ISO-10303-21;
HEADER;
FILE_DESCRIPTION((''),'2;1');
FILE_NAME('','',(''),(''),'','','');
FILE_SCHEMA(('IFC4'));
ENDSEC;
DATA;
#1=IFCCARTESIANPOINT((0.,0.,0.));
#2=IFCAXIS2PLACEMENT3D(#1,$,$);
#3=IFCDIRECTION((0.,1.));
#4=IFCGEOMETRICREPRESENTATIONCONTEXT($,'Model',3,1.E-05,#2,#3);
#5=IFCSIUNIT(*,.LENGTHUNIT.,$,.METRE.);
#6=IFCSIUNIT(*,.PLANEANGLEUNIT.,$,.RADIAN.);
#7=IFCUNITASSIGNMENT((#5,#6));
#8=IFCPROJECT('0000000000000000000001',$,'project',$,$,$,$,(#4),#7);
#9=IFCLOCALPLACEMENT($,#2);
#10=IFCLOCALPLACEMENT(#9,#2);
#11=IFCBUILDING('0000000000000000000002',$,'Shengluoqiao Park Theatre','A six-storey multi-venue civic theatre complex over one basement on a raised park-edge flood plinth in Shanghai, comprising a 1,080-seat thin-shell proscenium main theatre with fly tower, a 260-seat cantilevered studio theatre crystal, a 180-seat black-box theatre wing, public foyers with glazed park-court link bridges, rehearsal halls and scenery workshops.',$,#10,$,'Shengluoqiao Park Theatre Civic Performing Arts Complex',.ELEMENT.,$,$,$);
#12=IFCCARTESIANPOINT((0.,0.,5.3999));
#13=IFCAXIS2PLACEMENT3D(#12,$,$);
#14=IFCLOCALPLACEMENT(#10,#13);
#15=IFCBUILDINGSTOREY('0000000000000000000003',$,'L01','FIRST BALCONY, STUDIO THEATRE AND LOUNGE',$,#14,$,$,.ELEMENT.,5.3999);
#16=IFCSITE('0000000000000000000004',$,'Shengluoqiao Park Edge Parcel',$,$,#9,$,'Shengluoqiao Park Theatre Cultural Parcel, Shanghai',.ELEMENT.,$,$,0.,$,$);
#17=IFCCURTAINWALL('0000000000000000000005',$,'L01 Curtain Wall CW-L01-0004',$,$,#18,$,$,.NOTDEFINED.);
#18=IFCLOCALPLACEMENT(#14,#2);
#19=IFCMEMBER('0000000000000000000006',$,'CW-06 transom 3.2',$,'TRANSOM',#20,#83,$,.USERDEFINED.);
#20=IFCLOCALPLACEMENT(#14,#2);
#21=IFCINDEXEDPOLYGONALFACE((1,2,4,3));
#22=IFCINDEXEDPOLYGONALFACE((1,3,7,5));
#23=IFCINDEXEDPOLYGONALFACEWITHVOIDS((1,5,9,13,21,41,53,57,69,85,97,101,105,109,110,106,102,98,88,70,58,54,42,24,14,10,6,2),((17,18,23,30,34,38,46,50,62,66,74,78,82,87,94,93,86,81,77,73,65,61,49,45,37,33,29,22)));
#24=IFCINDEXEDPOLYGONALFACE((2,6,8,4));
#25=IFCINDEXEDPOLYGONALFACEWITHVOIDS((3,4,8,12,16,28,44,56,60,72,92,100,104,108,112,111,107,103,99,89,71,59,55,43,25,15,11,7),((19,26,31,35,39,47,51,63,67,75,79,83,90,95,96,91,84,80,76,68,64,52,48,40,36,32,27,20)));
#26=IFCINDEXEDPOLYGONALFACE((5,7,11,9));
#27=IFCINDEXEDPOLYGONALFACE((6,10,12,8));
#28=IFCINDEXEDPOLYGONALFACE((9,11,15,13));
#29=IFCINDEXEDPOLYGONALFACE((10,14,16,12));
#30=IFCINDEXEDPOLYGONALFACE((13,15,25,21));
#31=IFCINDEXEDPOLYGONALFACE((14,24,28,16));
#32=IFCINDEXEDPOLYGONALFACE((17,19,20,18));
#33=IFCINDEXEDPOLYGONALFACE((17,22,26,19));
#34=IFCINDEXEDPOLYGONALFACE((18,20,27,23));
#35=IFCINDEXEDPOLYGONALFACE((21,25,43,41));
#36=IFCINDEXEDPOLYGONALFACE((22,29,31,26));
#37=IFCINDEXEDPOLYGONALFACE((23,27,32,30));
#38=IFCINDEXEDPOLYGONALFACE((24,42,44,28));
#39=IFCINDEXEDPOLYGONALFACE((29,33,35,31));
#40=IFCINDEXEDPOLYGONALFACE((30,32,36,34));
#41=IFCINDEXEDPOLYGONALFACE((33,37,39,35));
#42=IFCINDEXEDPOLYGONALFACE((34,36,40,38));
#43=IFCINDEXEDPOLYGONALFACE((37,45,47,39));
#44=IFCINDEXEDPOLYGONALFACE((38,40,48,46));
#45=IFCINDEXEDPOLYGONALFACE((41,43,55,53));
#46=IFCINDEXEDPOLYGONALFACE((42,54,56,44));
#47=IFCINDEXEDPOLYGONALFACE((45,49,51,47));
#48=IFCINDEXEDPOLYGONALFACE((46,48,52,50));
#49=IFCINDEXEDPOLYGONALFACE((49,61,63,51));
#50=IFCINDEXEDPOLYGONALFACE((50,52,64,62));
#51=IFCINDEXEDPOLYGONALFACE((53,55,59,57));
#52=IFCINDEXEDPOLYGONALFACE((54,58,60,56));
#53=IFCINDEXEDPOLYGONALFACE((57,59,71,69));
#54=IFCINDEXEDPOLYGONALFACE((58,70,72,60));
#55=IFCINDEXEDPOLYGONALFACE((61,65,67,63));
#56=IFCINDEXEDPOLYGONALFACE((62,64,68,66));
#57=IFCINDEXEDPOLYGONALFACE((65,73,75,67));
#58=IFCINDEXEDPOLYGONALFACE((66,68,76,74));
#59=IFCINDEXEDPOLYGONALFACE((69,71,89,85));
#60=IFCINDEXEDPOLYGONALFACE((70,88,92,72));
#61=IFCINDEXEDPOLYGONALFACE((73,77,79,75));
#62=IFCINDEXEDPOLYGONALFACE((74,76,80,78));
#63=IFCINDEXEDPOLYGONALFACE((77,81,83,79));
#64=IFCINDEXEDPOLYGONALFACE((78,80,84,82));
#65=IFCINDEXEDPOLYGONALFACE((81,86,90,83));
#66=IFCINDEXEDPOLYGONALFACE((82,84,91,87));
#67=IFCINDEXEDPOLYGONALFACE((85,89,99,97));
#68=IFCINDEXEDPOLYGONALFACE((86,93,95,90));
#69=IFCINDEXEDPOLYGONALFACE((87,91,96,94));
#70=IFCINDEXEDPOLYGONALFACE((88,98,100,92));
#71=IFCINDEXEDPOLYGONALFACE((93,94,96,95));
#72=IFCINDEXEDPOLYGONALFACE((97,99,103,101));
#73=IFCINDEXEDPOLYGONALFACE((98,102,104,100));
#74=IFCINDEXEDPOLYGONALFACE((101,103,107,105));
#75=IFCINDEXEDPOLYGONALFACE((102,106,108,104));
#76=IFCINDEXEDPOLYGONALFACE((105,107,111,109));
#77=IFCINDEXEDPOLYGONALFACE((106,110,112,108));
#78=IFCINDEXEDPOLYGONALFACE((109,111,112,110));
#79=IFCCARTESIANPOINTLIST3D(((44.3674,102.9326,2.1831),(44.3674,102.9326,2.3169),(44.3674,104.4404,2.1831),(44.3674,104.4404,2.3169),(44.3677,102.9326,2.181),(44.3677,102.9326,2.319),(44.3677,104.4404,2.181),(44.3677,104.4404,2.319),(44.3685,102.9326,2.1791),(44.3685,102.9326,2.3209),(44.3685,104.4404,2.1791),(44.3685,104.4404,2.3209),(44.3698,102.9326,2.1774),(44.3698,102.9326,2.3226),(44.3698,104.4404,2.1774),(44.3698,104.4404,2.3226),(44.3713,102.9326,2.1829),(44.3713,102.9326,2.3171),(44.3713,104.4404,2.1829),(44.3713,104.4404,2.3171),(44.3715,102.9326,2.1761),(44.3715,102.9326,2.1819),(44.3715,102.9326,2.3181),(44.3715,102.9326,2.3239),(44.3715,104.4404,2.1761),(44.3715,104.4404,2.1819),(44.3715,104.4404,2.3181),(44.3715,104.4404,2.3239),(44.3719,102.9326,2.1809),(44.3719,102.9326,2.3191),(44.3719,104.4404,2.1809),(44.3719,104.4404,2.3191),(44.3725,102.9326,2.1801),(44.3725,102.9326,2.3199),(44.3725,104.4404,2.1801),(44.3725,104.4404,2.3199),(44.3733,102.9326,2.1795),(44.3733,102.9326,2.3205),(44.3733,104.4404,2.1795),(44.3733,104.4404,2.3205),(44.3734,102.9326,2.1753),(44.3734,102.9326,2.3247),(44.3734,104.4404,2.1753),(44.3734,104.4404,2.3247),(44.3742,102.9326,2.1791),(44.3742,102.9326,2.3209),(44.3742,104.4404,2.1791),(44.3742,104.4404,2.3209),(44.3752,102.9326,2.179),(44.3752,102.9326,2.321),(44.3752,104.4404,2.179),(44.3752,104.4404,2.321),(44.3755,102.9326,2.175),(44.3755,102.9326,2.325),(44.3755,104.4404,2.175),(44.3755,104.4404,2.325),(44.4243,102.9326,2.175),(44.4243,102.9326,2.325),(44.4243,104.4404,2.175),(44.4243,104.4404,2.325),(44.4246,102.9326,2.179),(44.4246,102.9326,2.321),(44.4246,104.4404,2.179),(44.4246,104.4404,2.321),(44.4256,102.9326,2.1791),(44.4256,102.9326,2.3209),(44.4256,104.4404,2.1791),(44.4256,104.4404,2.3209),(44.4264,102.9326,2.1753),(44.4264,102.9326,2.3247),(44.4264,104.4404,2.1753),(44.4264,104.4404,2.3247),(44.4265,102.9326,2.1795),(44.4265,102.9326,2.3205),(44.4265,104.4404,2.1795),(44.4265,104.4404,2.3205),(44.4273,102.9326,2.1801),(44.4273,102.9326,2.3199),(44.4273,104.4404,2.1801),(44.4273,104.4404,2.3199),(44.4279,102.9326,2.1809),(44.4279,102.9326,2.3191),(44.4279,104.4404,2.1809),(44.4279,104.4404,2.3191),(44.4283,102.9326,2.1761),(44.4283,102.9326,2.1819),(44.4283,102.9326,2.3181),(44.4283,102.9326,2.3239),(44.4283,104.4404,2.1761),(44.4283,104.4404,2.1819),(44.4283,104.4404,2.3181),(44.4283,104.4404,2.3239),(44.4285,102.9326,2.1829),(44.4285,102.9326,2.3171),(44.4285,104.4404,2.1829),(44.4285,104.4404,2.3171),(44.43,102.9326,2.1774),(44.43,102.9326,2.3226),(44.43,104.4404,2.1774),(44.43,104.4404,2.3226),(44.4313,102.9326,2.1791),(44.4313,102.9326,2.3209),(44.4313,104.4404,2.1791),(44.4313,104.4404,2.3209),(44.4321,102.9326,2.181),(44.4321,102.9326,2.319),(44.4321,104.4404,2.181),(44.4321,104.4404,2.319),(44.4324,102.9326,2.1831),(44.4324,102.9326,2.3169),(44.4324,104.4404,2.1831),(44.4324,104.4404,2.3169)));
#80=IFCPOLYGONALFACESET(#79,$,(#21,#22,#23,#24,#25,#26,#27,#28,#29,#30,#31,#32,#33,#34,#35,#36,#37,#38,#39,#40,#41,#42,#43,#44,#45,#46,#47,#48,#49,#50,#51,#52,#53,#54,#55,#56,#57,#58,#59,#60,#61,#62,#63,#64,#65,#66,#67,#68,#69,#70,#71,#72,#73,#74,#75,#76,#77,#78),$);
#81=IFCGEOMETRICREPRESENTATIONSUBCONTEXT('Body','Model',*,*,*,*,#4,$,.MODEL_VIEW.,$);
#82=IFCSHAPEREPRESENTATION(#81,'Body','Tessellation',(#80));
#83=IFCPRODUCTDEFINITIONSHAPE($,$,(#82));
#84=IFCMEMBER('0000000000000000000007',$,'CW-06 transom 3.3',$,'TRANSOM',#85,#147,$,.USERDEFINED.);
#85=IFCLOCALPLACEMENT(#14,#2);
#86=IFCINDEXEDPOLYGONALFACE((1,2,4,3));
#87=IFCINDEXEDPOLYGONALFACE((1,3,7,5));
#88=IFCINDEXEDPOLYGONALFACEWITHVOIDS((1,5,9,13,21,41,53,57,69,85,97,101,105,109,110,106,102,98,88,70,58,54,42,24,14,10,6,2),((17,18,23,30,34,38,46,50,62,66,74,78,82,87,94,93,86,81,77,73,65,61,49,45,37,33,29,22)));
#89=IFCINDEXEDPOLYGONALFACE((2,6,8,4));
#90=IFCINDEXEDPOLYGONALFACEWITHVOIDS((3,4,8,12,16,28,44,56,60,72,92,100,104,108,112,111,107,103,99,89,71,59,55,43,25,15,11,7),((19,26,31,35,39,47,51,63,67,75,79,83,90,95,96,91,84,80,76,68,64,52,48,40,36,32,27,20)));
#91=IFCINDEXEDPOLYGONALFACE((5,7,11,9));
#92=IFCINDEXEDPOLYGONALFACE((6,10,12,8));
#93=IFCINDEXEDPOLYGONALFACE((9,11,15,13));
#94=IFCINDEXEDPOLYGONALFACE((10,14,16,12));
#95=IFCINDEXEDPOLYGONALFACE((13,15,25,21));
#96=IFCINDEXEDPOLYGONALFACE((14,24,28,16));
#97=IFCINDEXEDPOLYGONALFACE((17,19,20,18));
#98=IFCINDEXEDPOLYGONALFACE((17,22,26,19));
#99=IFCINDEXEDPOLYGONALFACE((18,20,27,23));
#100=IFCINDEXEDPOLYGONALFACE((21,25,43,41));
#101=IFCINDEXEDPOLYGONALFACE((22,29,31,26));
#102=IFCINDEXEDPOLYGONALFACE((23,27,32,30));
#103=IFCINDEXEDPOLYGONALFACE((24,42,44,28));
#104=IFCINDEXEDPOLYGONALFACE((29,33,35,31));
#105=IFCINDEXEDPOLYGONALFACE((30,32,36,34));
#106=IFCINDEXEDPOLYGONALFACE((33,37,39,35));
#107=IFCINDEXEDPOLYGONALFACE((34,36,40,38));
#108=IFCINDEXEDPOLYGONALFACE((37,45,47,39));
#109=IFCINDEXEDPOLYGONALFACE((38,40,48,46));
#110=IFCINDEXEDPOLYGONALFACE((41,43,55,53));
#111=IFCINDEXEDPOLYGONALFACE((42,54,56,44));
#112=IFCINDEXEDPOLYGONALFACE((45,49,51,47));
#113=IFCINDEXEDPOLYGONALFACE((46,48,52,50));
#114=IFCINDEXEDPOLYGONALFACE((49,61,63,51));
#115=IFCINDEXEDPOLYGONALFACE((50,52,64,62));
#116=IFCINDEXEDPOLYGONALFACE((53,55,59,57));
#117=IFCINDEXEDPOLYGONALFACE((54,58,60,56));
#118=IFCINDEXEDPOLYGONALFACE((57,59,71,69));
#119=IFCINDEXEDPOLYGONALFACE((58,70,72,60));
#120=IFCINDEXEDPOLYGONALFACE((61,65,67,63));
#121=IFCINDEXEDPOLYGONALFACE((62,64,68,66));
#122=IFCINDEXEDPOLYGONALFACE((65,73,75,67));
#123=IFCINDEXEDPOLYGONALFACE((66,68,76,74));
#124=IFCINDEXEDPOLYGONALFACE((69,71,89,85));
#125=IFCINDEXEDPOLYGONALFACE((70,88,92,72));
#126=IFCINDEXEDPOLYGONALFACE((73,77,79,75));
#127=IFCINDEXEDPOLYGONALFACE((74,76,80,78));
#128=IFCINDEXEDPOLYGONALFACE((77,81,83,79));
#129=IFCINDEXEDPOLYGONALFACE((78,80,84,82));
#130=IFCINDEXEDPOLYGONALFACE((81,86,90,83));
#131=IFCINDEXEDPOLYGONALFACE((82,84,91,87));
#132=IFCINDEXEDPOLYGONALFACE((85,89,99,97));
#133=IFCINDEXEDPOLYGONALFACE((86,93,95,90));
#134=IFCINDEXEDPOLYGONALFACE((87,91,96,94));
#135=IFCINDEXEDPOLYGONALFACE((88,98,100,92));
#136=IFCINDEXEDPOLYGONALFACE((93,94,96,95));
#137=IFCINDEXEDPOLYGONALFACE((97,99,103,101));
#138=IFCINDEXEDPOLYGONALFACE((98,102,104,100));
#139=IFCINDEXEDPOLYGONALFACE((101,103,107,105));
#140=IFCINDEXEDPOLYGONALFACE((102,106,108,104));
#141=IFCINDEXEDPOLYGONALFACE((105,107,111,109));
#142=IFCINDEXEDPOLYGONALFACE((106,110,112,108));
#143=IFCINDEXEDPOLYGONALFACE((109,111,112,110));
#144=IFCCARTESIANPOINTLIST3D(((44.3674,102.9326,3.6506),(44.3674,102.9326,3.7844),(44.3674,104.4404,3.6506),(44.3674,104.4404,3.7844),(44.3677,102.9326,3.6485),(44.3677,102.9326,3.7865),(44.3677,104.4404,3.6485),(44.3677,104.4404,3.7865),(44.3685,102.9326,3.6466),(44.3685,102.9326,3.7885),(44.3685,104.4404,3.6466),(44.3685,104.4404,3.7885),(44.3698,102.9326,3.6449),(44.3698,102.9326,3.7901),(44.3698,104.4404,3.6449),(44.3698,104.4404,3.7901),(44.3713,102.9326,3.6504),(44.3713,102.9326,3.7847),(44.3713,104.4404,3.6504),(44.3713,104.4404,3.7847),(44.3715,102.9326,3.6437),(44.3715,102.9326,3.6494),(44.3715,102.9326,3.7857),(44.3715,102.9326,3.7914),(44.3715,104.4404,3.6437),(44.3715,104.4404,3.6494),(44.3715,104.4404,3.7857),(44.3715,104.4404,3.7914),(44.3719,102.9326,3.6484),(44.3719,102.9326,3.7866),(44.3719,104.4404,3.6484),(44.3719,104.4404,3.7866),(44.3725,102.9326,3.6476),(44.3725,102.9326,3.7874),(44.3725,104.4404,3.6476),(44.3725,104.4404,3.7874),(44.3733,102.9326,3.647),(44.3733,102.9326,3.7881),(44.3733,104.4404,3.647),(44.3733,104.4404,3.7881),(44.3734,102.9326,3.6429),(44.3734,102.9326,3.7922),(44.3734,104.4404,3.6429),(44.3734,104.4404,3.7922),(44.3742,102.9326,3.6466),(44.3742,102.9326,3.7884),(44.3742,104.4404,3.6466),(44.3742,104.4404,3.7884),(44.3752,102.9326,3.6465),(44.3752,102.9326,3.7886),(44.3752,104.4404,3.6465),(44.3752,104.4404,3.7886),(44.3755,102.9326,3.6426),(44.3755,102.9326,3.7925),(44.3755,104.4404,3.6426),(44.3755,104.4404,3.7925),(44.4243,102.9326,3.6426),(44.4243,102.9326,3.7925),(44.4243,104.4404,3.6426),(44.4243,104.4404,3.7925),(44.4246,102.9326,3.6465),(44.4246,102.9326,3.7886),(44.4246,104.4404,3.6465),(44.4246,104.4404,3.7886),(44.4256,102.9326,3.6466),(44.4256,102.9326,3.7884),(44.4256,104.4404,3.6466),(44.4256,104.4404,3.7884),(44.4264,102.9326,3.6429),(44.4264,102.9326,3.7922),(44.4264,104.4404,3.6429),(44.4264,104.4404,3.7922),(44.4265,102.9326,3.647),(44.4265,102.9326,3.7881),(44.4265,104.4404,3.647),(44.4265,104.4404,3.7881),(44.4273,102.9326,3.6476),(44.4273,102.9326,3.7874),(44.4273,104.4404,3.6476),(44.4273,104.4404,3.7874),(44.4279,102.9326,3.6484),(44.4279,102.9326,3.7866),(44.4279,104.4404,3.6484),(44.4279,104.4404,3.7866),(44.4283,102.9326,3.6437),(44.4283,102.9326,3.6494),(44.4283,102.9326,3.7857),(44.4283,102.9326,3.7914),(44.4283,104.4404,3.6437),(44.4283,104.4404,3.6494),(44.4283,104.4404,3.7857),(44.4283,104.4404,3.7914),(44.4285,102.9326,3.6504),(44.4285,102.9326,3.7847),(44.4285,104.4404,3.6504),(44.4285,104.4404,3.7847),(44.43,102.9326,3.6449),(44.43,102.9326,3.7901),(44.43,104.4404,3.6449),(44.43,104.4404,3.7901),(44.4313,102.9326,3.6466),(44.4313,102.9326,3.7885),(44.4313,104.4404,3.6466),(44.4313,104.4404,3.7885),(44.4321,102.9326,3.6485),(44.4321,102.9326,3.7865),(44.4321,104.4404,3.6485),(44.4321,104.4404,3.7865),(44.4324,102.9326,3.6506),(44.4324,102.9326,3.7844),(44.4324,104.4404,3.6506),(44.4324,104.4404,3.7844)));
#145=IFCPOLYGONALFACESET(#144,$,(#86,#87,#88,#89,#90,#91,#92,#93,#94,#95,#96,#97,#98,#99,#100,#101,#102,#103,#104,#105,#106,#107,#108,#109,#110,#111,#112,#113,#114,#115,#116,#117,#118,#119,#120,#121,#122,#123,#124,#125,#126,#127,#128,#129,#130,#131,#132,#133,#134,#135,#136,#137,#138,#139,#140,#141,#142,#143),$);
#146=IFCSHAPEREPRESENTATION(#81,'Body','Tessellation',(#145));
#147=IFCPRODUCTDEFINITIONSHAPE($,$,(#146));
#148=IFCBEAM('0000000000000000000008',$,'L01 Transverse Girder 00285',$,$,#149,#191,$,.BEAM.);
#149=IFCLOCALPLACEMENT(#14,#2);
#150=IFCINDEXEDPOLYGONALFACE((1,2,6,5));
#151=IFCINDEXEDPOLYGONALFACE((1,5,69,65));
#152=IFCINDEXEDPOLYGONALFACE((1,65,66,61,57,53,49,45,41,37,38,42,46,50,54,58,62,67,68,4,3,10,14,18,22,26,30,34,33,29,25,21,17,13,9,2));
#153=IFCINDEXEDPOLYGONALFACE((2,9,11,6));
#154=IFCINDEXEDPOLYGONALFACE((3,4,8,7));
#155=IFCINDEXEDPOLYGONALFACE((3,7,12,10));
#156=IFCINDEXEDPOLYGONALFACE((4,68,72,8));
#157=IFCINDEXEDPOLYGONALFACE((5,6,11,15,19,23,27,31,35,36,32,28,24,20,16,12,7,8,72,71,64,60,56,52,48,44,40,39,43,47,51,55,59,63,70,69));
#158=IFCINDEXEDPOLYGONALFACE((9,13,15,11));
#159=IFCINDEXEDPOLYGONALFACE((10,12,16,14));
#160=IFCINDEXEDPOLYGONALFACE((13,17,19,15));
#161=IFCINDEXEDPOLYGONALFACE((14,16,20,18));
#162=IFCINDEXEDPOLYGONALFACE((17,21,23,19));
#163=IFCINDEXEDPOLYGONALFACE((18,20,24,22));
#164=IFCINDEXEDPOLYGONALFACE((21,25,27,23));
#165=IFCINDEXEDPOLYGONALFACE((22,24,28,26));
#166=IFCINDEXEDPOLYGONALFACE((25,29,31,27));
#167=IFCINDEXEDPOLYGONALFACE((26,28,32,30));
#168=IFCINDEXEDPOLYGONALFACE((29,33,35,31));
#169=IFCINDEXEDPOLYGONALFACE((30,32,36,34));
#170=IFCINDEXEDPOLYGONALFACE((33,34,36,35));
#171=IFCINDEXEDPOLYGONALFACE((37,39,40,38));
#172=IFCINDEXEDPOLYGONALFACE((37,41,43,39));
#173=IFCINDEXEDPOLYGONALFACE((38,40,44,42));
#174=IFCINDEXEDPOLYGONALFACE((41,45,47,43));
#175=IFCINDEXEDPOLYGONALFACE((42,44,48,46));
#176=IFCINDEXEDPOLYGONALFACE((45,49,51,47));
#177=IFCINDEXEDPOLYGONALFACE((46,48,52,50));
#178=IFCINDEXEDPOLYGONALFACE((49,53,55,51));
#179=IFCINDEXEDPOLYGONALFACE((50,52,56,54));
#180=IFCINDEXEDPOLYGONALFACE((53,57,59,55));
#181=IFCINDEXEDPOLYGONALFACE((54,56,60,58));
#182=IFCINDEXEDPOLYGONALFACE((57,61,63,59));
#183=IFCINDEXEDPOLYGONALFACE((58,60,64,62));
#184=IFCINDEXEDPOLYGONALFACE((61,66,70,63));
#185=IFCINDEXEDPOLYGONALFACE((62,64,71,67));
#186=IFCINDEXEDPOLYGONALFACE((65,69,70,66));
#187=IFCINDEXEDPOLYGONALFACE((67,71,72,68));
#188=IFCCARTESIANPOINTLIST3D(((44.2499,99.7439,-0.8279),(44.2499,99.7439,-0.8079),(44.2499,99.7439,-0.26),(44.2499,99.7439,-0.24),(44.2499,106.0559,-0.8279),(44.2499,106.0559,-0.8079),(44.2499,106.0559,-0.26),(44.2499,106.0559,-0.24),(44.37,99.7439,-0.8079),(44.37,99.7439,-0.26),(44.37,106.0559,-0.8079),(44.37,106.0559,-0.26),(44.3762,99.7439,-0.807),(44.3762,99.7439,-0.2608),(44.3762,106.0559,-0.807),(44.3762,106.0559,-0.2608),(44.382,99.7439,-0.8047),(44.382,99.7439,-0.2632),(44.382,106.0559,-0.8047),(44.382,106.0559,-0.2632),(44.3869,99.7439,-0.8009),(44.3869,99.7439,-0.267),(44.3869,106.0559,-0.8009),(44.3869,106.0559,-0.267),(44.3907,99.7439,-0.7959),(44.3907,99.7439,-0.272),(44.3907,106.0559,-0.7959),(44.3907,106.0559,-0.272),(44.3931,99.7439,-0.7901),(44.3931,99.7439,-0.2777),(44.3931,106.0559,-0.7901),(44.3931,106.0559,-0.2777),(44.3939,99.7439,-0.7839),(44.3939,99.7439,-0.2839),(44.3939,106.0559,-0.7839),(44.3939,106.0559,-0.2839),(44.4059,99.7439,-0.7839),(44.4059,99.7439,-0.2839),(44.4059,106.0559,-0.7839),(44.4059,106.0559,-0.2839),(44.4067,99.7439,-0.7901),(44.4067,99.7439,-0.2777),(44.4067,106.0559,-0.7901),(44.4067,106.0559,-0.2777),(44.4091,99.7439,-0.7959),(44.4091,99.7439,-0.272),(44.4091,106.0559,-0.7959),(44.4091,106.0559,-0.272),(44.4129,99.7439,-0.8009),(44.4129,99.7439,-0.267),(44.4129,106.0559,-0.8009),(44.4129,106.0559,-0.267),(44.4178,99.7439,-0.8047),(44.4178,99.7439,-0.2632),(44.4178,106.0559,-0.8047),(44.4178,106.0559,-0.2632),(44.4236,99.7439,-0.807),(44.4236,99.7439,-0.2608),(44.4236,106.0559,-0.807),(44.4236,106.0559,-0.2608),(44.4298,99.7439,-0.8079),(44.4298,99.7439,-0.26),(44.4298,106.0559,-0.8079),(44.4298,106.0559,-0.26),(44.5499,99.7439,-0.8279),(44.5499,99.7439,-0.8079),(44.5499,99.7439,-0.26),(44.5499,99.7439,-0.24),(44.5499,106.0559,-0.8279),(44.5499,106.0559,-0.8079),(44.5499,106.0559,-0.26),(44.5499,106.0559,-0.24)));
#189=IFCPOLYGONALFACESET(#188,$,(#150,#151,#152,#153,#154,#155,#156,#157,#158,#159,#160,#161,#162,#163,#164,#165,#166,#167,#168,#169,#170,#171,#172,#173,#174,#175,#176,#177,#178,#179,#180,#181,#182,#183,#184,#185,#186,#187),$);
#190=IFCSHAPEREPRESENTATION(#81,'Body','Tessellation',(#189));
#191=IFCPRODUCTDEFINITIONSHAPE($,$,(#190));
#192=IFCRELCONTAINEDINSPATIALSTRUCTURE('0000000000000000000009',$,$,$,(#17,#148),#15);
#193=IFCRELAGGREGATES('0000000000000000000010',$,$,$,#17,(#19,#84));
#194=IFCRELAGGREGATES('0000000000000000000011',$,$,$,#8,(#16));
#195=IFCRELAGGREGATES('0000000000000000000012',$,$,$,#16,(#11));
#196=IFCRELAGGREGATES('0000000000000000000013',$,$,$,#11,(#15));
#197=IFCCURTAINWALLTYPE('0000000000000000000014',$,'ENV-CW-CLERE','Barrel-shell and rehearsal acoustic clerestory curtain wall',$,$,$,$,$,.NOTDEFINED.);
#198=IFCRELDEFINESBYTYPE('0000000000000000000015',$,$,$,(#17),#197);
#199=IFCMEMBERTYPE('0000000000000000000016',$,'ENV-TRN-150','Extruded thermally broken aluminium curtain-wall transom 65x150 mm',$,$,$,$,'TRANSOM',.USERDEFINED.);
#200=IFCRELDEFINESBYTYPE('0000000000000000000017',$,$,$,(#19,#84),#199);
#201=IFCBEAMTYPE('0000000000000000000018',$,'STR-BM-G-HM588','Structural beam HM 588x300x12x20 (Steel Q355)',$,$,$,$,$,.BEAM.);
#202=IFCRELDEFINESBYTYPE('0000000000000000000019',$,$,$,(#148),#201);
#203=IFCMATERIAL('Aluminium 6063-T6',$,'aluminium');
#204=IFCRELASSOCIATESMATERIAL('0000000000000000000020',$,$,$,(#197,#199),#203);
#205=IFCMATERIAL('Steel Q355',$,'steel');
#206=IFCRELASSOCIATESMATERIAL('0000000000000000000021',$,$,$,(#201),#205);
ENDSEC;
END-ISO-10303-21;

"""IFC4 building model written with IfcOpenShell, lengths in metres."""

from ifc_helpers import new_model, si_unit, direction, frame, origin, origin_2d, place, context, subcontext, project, spatial, hollow_rectangle, i_section, extrude, material, material_profile, profile_set, type_object, element, aggregate, save


model = new_model("IFC4")

# Units and contexts
model_context = context("Model", 3, precision=1e-05, world=origin(), true_north=direction((0.0, 1.0)))
body_context = subcontext(model_context, "Body", "Model", "MODEL_VIEW")
ifc_project = project(units=[si_unit("LENGTHUNIT", "METRE"), si_unit("PLANEANGLEUNIT", "RADIAN")], contexts=[model_context])

# Site, building, storey
site_placement = place(None, origin())
site = spatial("IfcSite", under=ifc_project, at=site_placement, Name="Shengluoqiao Park Edge Parcel", LongName="Shengluoqiao Park Theatre Cultural Parcel, Shanghai", CompositionType="ELEMENT", RefElevation=0.0)
building_placement = place(site_placement, origin())
building = spatial("IfcBuilding", under=site, at=building_placement, Name="Shengluoqiao Park Theatre", Description="A six-storey multi-venue civic theatre complex over one basement on a raised park-edge flood plinth in Shanghai, comprising a 1,080-seat thin-shell proscenium main theatre with fly tower, a 260-seat cantilevered studio theatre crystal, a 180-seat black-box theatre wing, public foyers with glazed park-court link bridges, rehearsal halls and scenery workshops.", LongName="Shengluoqiao Park Theatre Civic Performing Arts Complex", CompositionType="ELEMENT")
storey_placement = place(building_placement, frame((0.0, 0.0, 5.3999)))
storey = spatial("IfcBuildingStorey", under=building, at=storey_placement, Name="L01", Description="FIRST BALCONY, STUDIO THEATRE AND LOUNGE", CompositionType="ELEMENT", Elevation=5.3999)

# Curtain wall, members
ifc_material_1 = material(Name="Aluminium 6063-T6", Category="aluminium")
curtain_wall_type = type_object("IfcCurtainWallType", Name="ENV-CW-CLERE", Description="Barrel-shell and rehearsal acoustic clerestory curtain wall", PredefinedType="NOTDEFINED", material=ifc_material_1)
curtain_wall_placement = place(storey_placement, origin())
curtain_wall = element("IfcCurtainWall", 1, at=curtain_wall_placement, inside=storey, type_object=curtain_wall_type, Name="L01 Curtain Wall CW-L01-0004", PredefinedType="NOTDEFINED")
ifc_material_profile_1 = material_profile(ifc_material_1, hollow_rectangle(XDim=0.0649, YDim=0.1499, WallThickness=0.0039, InnerFilletRadius=0.0039, OuterFilletRadius=0.0081, at=origin_2d()), Name="ALU TRANSOM 150x65x4")
ifc_profile_set_1 = profile_set([ifc_material_profile_1], Name="Aluminium 6063-T6")
member_type_1 = type_object("IfcMemberType", Name="ENV-TRN-150", Description="Extruded thermally broken aluminium curtain-wall transom 65x150 mm", ElementType="TRANSOM", PredefinedType="USERDEFINED", material=ifc_profile_set_1)
member_1_placement = place(storey_placement, frame((44.3999, 102.9326, 2.25), z_axis=(0.0, 1.0, 0.0), x_axis=(-1.0, 0.0, 0.0)))
member_1 = element("IfcMember", 2, at=member_1_placement, type_object=member_type_1, Name="CW-06 transom 3.2", ObjectType="TRANSOM", PredefinedType="USERDEFINED", context=body_context, shape_type="SweptSolid", body=[
    extrude(hollow_rectangle(XDim=0.0649, YDim=0.1499, WallThickness=0.0039, InnerFilletRadius=0.0039, OuterFilletRadius=0.0081, at=origin_2d()), origin(), (0.0, 0.0, 1.0), 1.5078),
])
member_2_placement = place(storey_placement, frame((44.3999, 102.9326, 3.7175), z_axis=(0.0, 1.0, 0.0), x_axis=(-1.0, 0.0, 0.0)))
member_2 = element("IfcMember", 3, at=member_2_placement, type_object=member_type_1, Name="CW-06 transom 3.3", ObjectType="TRANSOM", PredefinedType="USERDEFINED", context=body_context, shape_type="SweptSolid", body=[
    extrude(hollow_rectangle(XDim=0.0649, YDim=0.1499, WallThickness=0.0039, InnerFilletRadius=0.0039, OuterFilletRadius=0.0081, at=origin_2d()), origin(), (0.0, 0.0, 1.0), 1.5078),
])

# Beam
ifc_material_2 = material(Name="Steel Q355", Category="steel")
ifc_material_profile_2 = material_profile(ifc_material_2, i_section(OverallWidth=0.3, OverallDepth=0.5879, WebThickness=0.012, FlangeThickness=0.02, FilletRadius=0.0239, at=origin_2d()), Name="HM 588x300x12x20")
ifc_profile_set_2 = profile_set([ifc_material_profile_2], Name="Steel Q355")
beam_type_1 = type_object("IfcBeamType", Name="STR-BM-G-HM588", Description="Structural beam HM 588x300x12x20 (Steel Q355)", PredefinedType="BEAM", material=ifc_profile_set_2)
beam_1_placement = place(storey_placement, frame((44.3999, 99.7439, -0.5339), z_axis=(0.0, 1.0, 0.0), x_axis=(-1.0, 0.0, 0.0)))
element("IfcBeam", 4, at=beam_1_placement, inside=storey, type_object=beam_type_1, Name="L01 Transverse Girder 00285", PredefinedType="BEAM", context=body_context, shape_type="SweptSolid", body=[
    extrude(i_section(OverallWidth=0.3, OverallDepth=0.5879, WebThickness=0.012, FlangeThickness=0.02, FilletRadius=0.0239, at=origin_2d()), origin(), (0.0, 0.0, 1.0), 6.312),
])

aggregate(curtain_wall, [member_1, member_2])

save(model, "model.ifc")
